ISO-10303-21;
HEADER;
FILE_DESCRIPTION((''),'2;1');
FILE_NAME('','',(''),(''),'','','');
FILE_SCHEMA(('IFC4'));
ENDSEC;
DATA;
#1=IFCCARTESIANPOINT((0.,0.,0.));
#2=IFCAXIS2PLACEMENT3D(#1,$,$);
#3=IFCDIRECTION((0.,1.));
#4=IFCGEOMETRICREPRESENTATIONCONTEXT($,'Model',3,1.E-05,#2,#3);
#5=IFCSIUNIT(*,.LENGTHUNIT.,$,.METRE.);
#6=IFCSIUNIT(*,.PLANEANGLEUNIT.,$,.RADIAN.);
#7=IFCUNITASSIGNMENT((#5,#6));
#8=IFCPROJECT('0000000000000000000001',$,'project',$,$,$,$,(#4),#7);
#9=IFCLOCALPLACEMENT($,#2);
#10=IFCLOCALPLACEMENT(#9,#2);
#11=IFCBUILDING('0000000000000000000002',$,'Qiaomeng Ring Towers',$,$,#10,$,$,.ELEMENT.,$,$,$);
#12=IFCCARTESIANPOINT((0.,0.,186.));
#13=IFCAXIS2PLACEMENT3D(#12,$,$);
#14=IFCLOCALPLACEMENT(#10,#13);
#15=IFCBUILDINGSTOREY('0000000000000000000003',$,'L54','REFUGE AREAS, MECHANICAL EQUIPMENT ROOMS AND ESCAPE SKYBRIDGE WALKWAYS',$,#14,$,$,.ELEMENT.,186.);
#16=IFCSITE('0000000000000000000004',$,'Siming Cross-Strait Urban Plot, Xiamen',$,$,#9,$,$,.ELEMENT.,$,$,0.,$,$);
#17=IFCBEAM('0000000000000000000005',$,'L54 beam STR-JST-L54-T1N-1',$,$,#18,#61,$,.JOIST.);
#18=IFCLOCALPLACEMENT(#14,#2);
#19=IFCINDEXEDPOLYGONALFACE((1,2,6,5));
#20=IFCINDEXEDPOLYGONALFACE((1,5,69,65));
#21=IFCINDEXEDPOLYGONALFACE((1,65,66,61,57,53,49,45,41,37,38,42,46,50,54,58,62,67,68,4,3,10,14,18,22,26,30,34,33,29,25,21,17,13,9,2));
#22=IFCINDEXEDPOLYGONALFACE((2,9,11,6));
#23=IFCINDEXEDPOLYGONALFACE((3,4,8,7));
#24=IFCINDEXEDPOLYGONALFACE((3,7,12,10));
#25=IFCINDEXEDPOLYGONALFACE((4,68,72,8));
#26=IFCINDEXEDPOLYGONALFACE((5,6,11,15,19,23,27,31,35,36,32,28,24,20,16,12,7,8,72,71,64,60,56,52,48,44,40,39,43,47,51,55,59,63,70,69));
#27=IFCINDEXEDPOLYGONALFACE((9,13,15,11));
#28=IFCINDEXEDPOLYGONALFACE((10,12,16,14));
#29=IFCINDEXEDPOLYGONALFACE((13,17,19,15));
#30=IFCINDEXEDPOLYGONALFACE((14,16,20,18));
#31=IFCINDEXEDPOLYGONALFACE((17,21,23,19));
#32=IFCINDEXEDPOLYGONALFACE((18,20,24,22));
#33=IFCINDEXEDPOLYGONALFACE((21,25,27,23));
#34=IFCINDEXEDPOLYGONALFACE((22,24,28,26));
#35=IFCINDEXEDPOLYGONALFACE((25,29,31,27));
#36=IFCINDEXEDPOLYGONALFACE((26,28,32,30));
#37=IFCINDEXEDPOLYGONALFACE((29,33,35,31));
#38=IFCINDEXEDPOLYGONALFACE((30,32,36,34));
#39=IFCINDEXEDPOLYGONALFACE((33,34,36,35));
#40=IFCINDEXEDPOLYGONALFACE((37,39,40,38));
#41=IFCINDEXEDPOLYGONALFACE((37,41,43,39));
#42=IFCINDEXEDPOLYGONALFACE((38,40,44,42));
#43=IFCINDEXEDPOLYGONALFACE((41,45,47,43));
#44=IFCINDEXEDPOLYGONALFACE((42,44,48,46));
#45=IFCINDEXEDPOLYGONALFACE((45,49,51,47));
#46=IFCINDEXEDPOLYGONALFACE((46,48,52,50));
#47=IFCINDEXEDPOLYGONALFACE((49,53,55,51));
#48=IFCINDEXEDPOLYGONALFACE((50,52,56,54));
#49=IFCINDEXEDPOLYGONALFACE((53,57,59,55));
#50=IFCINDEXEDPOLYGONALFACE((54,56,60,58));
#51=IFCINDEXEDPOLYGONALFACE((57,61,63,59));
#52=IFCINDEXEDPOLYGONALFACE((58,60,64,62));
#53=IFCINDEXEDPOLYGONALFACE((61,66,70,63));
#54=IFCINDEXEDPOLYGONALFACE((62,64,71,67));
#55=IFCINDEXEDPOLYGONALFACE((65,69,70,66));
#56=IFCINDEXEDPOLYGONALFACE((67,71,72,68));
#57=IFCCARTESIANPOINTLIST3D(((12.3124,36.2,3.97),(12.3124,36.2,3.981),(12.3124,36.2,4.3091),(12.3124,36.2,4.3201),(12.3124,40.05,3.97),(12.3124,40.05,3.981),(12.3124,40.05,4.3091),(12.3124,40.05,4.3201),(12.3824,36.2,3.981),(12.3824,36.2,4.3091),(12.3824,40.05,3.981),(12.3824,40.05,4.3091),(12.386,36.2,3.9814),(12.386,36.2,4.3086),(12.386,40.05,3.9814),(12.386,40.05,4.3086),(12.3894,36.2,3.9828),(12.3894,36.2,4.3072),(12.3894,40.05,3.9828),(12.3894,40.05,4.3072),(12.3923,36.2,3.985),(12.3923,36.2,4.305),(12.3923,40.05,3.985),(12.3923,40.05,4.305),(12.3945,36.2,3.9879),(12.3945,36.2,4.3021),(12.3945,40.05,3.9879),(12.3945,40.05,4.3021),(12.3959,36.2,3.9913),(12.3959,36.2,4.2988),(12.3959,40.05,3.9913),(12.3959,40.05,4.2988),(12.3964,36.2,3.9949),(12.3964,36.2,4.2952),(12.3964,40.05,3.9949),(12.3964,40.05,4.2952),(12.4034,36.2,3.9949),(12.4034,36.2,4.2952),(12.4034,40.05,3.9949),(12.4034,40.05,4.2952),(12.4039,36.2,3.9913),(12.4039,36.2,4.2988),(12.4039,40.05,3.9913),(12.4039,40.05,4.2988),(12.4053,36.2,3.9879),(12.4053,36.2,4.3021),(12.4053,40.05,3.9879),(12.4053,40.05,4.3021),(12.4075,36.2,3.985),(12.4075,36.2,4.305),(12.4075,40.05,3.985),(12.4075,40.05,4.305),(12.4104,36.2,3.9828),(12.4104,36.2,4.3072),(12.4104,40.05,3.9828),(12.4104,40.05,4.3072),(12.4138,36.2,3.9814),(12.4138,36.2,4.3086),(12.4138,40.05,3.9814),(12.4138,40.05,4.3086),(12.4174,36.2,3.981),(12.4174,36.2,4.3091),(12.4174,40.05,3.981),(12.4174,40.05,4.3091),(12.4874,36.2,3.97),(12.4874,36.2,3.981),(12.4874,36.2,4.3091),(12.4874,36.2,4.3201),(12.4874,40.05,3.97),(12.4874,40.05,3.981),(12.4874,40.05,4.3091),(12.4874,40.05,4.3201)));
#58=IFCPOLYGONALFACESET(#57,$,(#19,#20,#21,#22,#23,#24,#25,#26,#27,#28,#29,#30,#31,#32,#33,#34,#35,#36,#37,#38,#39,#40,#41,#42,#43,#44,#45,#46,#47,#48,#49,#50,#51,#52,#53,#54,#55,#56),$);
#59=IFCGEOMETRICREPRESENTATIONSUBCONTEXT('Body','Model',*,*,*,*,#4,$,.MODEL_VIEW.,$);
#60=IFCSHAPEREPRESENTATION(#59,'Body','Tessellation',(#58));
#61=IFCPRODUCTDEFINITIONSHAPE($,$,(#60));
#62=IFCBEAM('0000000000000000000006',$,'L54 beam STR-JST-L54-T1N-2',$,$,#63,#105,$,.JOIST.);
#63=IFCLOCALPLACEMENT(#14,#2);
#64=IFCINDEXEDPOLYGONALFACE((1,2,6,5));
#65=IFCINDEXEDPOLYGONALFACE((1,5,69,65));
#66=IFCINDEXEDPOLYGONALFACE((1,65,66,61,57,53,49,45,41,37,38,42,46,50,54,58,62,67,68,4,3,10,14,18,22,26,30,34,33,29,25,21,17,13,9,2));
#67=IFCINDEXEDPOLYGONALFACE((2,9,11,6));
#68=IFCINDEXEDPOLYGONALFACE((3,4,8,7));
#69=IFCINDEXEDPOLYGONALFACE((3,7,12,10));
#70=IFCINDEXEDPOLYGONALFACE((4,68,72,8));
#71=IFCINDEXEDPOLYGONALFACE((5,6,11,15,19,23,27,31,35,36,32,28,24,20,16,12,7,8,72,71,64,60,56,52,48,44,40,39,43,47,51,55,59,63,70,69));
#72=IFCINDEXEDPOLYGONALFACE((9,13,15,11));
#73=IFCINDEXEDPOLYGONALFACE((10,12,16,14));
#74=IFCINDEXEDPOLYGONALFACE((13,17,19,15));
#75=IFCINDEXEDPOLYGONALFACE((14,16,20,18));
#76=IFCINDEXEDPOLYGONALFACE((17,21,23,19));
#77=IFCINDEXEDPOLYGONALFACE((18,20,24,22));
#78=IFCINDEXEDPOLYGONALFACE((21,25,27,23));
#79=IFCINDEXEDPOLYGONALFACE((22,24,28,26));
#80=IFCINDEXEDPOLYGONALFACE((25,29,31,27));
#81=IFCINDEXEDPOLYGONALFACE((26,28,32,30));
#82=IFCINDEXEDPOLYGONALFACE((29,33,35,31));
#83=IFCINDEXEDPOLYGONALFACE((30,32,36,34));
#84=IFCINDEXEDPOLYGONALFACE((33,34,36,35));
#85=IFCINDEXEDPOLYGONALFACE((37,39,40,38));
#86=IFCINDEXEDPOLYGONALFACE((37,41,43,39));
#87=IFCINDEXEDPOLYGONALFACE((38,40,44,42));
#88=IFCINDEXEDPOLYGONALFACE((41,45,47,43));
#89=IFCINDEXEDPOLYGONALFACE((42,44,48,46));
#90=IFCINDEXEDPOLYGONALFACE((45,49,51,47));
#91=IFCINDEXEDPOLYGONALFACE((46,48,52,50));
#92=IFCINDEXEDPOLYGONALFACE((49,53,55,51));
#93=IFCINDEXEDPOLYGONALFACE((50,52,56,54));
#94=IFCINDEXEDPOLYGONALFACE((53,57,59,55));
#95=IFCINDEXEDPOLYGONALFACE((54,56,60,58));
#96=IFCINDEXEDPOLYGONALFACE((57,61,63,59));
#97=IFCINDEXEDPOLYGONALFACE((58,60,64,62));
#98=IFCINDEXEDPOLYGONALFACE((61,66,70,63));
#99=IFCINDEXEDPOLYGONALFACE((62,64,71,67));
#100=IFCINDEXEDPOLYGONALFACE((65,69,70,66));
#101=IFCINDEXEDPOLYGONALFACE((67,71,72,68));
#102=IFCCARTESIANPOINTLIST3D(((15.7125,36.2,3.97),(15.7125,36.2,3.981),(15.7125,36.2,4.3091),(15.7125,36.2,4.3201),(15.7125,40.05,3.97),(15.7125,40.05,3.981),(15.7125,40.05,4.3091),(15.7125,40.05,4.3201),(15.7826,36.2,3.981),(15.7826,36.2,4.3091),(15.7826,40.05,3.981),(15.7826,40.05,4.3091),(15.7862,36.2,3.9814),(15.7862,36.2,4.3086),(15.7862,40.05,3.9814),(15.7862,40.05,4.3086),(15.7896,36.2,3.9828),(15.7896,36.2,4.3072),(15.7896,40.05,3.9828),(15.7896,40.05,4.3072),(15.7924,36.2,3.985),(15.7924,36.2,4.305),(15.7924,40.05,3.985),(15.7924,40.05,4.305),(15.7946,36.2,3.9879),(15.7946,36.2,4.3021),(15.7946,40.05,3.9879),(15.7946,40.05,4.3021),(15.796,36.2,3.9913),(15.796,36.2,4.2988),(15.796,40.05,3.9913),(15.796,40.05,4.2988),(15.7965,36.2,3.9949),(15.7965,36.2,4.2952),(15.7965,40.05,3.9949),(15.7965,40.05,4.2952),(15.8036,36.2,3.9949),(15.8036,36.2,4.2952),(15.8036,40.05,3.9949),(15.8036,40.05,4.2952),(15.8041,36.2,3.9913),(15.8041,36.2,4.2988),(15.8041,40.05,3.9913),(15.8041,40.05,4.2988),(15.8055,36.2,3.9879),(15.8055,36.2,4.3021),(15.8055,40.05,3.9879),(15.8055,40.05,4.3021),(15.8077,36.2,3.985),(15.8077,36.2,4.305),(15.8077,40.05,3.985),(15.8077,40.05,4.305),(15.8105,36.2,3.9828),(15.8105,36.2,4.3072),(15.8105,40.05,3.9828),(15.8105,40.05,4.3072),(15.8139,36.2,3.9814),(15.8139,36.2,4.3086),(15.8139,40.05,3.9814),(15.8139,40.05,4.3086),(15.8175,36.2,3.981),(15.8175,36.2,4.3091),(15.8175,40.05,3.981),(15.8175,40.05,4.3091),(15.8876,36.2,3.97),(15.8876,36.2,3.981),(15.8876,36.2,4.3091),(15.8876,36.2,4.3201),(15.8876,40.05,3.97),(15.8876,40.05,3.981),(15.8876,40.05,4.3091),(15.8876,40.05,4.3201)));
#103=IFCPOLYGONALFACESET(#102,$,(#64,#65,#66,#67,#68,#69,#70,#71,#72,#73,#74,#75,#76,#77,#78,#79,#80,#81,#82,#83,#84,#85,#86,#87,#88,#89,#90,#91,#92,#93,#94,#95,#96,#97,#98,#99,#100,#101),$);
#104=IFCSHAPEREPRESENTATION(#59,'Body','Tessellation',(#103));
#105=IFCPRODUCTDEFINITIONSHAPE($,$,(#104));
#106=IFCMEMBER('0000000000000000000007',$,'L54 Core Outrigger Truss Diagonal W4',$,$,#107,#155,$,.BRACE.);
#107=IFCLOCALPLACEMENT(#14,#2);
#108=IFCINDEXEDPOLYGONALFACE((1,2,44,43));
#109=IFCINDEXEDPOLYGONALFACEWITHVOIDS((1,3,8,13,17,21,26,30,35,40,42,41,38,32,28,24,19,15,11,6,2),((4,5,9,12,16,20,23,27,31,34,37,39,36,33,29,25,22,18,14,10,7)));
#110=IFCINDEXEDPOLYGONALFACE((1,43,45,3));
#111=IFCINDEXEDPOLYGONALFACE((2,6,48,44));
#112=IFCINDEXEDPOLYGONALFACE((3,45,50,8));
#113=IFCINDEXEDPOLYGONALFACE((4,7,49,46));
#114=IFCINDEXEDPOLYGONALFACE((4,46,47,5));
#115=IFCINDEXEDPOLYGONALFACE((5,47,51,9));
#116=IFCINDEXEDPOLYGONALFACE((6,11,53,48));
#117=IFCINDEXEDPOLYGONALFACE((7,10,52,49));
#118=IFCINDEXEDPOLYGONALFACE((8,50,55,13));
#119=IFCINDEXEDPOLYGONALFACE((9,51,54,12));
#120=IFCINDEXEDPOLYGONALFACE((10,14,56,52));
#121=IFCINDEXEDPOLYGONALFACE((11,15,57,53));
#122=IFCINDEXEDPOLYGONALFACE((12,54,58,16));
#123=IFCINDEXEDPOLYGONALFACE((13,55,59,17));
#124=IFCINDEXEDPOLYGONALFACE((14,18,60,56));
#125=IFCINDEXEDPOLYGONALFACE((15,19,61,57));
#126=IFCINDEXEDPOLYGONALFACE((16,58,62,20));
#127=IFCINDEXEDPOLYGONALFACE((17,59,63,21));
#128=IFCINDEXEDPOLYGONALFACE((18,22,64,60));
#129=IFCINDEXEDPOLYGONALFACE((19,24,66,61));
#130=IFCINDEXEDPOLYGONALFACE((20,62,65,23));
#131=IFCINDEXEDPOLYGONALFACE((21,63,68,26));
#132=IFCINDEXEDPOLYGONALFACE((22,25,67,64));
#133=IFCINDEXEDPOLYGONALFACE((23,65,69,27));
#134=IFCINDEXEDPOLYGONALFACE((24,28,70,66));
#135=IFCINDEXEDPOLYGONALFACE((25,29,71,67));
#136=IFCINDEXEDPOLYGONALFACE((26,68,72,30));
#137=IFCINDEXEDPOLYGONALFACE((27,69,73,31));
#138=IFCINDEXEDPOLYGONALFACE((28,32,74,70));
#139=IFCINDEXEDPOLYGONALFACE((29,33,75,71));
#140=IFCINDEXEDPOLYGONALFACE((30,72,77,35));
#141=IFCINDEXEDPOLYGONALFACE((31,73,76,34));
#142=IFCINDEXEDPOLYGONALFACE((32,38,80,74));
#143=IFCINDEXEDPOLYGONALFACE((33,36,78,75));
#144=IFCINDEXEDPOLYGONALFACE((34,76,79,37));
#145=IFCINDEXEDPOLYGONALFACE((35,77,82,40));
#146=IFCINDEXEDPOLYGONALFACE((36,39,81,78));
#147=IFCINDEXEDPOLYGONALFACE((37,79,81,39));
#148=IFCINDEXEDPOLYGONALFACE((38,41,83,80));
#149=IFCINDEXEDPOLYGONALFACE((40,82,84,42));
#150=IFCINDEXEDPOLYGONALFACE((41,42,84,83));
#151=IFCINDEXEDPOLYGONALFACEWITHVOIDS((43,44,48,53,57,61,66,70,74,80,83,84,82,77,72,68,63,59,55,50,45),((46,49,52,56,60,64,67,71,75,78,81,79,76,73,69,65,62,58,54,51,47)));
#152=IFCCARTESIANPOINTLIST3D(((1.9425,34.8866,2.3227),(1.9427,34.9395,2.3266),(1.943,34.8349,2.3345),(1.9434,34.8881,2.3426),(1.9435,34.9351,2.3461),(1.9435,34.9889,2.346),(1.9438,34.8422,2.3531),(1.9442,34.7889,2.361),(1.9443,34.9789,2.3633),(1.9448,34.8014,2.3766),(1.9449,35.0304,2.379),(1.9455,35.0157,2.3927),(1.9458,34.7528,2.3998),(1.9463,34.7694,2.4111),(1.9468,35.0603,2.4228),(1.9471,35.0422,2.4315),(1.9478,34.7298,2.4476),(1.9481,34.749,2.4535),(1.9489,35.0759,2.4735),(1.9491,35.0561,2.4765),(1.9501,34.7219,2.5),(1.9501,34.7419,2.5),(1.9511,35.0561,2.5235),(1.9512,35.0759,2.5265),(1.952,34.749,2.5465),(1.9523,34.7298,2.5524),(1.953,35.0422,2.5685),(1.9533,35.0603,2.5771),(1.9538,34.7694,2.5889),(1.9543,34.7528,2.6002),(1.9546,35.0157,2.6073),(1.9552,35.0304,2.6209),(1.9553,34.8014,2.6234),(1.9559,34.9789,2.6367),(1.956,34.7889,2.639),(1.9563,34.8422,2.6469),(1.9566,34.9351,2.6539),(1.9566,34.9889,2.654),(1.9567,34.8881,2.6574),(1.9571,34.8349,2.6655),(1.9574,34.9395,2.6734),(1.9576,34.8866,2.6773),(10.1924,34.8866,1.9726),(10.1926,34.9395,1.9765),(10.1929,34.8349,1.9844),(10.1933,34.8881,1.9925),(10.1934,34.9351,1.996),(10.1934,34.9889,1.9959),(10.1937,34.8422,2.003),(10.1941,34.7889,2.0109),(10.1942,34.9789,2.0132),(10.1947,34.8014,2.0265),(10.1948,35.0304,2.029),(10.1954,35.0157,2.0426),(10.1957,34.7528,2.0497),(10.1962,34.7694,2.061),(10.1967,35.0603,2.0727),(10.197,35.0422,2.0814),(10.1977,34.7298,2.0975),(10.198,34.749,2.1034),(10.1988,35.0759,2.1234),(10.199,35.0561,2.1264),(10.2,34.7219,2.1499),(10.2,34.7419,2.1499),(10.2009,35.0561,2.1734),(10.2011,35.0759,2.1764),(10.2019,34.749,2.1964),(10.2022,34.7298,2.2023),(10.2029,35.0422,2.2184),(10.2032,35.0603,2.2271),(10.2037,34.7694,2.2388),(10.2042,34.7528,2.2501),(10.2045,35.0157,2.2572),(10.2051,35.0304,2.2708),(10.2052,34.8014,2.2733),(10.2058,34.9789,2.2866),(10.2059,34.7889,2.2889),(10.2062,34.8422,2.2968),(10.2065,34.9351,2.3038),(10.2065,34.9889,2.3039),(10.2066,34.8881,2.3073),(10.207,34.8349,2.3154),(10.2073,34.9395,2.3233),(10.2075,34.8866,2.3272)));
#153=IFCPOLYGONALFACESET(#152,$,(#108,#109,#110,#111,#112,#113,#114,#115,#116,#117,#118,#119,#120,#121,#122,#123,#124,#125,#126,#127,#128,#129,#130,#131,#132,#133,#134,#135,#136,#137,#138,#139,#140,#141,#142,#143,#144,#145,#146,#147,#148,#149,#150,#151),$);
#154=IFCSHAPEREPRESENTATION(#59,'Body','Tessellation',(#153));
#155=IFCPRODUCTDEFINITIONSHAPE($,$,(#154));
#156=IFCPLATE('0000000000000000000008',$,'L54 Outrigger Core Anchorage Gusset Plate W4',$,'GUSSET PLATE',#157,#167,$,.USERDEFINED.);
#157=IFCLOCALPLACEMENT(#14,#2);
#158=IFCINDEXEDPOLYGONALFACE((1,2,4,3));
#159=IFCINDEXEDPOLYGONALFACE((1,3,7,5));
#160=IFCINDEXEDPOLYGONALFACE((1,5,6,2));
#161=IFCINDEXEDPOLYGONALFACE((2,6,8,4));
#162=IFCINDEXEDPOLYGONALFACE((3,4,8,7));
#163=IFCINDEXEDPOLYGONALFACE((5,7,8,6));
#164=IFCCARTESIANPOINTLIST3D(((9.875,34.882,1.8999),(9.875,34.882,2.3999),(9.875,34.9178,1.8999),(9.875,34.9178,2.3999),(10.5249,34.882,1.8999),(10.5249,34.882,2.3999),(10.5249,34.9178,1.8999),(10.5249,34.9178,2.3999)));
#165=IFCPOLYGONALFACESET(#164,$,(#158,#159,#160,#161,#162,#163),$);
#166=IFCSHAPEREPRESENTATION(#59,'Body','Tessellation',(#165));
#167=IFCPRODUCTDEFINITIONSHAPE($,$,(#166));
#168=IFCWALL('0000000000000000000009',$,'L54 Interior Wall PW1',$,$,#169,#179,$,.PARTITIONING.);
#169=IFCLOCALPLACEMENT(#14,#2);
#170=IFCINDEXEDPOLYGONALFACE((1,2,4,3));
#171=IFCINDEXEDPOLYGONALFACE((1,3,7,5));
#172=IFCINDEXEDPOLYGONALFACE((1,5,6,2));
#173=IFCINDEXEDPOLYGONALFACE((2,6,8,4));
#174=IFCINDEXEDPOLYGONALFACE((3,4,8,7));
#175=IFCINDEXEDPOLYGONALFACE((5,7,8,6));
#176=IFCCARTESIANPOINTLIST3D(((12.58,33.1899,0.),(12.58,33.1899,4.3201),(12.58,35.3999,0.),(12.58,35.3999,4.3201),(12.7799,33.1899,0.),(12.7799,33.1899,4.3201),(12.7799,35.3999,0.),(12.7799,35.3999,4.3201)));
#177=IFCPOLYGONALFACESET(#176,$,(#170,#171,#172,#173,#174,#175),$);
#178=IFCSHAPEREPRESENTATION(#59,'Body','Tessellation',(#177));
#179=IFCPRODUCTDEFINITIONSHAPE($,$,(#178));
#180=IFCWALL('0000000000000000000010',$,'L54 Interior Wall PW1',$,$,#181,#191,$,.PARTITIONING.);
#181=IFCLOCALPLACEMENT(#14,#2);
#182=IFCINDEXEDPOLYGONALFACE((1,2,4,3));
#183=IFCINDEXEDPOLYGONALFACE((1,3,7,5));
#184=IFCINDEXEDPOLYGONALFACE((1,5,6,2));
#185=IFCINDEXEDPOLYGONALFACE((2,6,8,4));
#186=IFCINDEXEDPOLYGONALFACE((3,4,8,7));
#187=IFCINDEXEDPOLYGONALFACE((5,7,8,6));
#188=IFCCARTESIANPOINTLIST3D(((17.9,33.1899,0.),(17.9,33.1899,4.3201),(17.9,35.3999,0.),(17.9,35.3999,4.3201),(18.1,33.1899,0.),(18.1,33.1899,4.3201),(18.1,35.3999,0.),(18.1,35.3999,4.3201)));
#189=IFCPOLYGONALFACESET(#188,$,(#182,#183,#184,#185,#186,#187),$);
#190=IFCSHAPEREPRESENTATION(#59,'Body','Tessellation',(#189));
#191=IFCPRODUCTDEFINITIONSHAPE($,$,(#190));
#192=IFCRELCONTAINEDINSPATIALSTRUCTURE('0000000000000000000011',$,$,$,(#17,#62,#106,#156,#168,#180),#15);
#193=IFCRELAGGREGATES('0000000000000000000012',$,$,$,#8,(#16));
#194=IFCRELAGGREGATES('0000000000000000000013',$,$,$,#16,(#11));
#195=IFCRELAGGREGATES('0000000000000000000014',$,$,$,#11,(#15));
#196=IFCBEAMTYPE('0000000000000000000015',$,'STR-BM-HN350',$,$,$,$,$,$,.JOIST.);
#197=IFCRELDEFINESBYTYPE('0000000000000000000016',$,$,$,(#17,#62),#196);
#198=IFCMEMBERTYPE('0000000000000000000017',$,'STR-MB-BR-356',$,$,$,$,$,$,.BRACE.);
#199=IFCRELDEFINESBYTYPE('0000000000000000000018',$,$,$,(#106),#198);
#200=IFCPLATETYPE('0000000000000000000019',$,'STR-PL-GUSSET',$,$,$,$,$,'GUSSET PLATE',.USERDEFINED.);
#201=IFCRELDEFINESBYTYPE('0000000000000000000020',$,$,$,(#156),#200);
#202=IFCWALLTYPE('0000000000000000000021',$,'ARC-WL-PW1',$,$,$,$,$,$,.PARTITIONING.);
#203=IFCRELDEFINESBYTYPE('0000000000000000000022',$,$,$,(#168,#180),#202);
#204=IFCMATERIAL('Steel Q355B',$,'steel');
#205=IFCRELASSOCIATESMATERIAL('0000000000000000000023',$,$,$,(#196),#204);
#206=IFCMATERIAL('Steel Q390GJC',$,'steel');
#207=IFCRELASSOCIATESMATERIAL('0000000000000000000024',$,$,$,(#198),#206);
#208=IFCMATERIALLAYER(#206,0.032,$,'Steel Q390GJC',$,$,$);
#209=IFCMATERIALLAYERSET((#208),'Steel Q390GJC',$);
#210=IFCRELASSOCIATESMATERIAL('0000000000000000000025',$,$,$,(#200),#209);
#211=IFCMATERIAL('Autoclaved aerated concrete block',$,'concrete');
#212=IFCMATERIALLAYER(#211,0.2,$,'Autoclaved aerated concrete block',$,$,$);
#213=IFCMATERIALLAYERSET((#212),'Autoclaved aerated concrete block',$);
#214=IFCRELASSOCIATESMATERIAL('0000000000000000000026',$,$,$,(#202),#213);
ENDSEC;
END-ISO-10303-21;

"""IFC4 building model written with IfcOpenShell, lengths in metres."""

from ifc_helpers import new_model, si_unit, direction, frame, frame_2d, origin, origin_2d, place, context, subcontext, project, spatial, rectangle, hollow_circle, i_section, extrude, source, transform, mapped, material, layer, layer_set, material_profile, profile_set, type_object, element, save


model = new_model("IFC4")

# Units and contexts
model_context = context("Model", 3, precision=1e-05, world=origin(), true_north=direction((0.0, 1.0)))
body_context = subcontext(model_context, "Body", "Model", "MODEL_VIEW")
ifc_project = project(units=[si_unit("LENGTHUNIT", "METRE"), si_unit("PLANEANGLEUNIT", "RADIAN")], contexts=[model_context])

# Site, building, storey
site_placement = place(None, origin())
site = spatial("IfcSite", under=ifc_project, at=site_placement, Name="Siming Cross-Strait Urban Plot, Xiamen", CompositionType="ELEMENT", RefElevation=0.0)
building_placement = place(site_placement, origin())
building = spatial("IfcBuilding", under=site, at=building_placement, Name="Qiaomeng Ring Towers", CompositionType="ELEMENT")
storey_placement = place(building_placement, frame((0.0, 0.0, 186.0)))
storey = spatial("IfcBuildingStorey", under=building, at=storey_placement, Name="L54", Description="REFUGE AREAS, MECHANICAL EQUIPMENT ROOMS AND ESCAPE SKYBRIDGE WALKWAYS", CompositionType="ELEMENT", Elevation=186.0)

# Beams
ifc_material_1 = material(Name="Steel Q355B", Category="steel")
ifc_material_profile_1 = material_profile(ifc_material_1, i_section(OverallWidth=0.175, OverallDepth=0.3501, WebThickness=0.0071, FlangeThickness=0.011, FilletRadius=0.0139, at=origin_2d()), Name="HN 350x175x7x11")
ifc_profile_set_1 = profile_set([ifc_material_profile_1], Name="Steel Q355B")
beam_type = type_object("IfcBeamType", Name="STR-BM-HN350", PredefinedType="JOIST", material=ifc_profile_set_1)
shared_shape_1 = source(origin(), body_context, "Body", "SweptSolid", [
    extrude(i_section(OverallWidth=0.175, OverallDepth=0.3501, WebThickness=0.0071, FlangeThickness=0.011, FilletRadius=0.0139, at=origin_2d()), origin(), (0.0, 0.0, 1.0), 3.8501),
])
for number, where, z_axis, x_axis, name in (
    (1, (12.3999, 36.2, 4.145), (0.0, 1.0, 0.0), (-1.0, 0.0, 0.0), "L54 beam STR-JST-L54-T1N-1"),
    (2, (15.8, 36.2, 4.145), (0.0, 1.0, 0.0), (-1.0, 0.0, 0.0), "L54 beam STR-JST-L54-T1N-2"),
):
    element("IfcBeam", number, at=place(storey_placement, frame(where, z_axis=z_axis, x_axis=x_axis)), inside=storey, type_object=beam_type, Name=name, PredefinedType="JOIST", context=body_context, shape_type="MappedRepresentation", body=[
        mapped(shared_shape_1, transform((0.0, 0.0, 0.0), x_axis=(1.0, 0.0, 0.0), y_axis=(0.0, 1.0, 0.0), z_axis=(0.0, 0.0, 1.0), scale=1.0)),
    ])

# Member
ifc_material_2 = material(Name="Steel Q390GJC", Category="steel")
ifc_material_profile_2 = material_profile(ifc_material_2, hollow_circle(Radius=0.178, WallThickness=0.02, at=origin_2d()), Name="CHS 356x20")
ifc_profile_set_2 = profile_set([ifc_material_profile_2], Name="Steel Q390GJC")
member_type = type_object("IfcMemberType", Name="STR-MB-BR-356", PredefinedType="BRACE", material=ifc_profile_set_2)
shared_shape_2 = source(origin(), body_context, "Body", "SweptSolid", [
    extrude(hollow_circle(Radius=0.178, WallThickness=0.02, at=origin_2d()), origin(), (0.0, 0.0, 1.0), 8.2573),
])
member_placement = place(storey_placement, frame((10.2, 34.8999, 2.1499), z_axis=(-0.999101, 0.0, 0.042398), x_axis=(0.0, -1.0, 0.0)))
element("IfcMember", 3, at=member_placement, inside=storey, type_object=member_type, Name="L54 Core Outrigger Truss Diagonal W4", PredefinedType="BRACE", context=body_context, shape_type="MappedRepresentation", body=[
    mapped(shared_shape_2, transform((0.0, 0.0, 0.0), x_axis=(1.0, 0.0, 0.0), y_axis=(0.0, 1.0, 0.0), z_axis=(0.0, 0.0, 1.0), scale=1.0)),
])

# Plate
ifc_layer_1 = layer(ifc_material_2, 0.032, Name="Steel Q390GJC")
ifc_layer_set_1 = layer_set([ifc_layer_1], Name="Steel Q390GJC")
plate_type = type_object("IfcPlateType", Name="STR-PL-GUSSET", ElementType="GUSSET PLATE", PredefinedType="USERDEFINED", material=ifc_layer_set_1)
shared_shape_3 = source(origin(), body_context, "Body", "SweptSolid", [
    extrude(rectangle(XDim=0.6499, YDim=0.0359, at=origin_2d()), origin(), (0.0, 0.0, 1.0), 0.5),
])
plate_placement = place(storey_placement, frame((10.2, 34.8999, 1.8999), z_axis=(0.0, 0.0, 1.0), x_axis=(1.0, 0.0, 0.0)))
element("IfcPlate", 4, at=plate_placement, inside=storey, type_object=plate_type, Name="L54 Outrigger Core Anchorage Gusset Plate W4", ObjectType="GUSSET PLATE", PredefinedType="USERDEFINED", context=body_context, shape_type="MappedRepresentation", body=[
    mapped(shared_shape_3, transform((0.0, 0.0, 0.0), x_axis=(1.0, 0.0, 0.0), y_axis=(0.0, 1.0, 0.0), z_axis=(0.0, 0.0, 1.0), scale=1.0)),
])

# Walls
ifc_material_3 = material(Name="Autoclaved aerated concrete block", Category="concrete")
ifc_layer_2 = layer(ifc_material_3, 0.2, Name="Autoclaved aerated concrete block")
ifc_layer_set_2 = layer_set([ifc_layer_2], Name="Autoclaved aerated concrete block")
wall_type_1 = type_object("IfcWallType", Name="ARC-WL-PW1", PredefinedType="PARTITIONING", material=ifc_layer_set_2)
for number, where, z_axis, x_axis, name in (
    (5, (12.6799, 33.1899, 0.0), (0.0, 0.0, 1.0), (0.0, 1.0, 0.0), "L54 Interior Wall PW1"),
    (6, (18.0, 33.1899, 0.0), (0.0, 0.0, 1.0), (0.0, 1.0, 0.0), "L54 Interior Wall PW1"),
):
    element("IfcWall", number, at=place(storey_placement, frame(where, z_axis=z_axis, x_axis=x_axis)), inside=storey, type_object=wall_type_1, Name=name, PredefinedType="PARTITIONING", context=body_context, shape_type="SweptSolid", body=[
        extrude(rectangle(XDim=2.21, YDim=0.2, at=frame_2d((1.105, 0.0))), origin(), (0.0, 0.0, 1.0), 4.3201),
    ])

save(model, "model.ifc")
